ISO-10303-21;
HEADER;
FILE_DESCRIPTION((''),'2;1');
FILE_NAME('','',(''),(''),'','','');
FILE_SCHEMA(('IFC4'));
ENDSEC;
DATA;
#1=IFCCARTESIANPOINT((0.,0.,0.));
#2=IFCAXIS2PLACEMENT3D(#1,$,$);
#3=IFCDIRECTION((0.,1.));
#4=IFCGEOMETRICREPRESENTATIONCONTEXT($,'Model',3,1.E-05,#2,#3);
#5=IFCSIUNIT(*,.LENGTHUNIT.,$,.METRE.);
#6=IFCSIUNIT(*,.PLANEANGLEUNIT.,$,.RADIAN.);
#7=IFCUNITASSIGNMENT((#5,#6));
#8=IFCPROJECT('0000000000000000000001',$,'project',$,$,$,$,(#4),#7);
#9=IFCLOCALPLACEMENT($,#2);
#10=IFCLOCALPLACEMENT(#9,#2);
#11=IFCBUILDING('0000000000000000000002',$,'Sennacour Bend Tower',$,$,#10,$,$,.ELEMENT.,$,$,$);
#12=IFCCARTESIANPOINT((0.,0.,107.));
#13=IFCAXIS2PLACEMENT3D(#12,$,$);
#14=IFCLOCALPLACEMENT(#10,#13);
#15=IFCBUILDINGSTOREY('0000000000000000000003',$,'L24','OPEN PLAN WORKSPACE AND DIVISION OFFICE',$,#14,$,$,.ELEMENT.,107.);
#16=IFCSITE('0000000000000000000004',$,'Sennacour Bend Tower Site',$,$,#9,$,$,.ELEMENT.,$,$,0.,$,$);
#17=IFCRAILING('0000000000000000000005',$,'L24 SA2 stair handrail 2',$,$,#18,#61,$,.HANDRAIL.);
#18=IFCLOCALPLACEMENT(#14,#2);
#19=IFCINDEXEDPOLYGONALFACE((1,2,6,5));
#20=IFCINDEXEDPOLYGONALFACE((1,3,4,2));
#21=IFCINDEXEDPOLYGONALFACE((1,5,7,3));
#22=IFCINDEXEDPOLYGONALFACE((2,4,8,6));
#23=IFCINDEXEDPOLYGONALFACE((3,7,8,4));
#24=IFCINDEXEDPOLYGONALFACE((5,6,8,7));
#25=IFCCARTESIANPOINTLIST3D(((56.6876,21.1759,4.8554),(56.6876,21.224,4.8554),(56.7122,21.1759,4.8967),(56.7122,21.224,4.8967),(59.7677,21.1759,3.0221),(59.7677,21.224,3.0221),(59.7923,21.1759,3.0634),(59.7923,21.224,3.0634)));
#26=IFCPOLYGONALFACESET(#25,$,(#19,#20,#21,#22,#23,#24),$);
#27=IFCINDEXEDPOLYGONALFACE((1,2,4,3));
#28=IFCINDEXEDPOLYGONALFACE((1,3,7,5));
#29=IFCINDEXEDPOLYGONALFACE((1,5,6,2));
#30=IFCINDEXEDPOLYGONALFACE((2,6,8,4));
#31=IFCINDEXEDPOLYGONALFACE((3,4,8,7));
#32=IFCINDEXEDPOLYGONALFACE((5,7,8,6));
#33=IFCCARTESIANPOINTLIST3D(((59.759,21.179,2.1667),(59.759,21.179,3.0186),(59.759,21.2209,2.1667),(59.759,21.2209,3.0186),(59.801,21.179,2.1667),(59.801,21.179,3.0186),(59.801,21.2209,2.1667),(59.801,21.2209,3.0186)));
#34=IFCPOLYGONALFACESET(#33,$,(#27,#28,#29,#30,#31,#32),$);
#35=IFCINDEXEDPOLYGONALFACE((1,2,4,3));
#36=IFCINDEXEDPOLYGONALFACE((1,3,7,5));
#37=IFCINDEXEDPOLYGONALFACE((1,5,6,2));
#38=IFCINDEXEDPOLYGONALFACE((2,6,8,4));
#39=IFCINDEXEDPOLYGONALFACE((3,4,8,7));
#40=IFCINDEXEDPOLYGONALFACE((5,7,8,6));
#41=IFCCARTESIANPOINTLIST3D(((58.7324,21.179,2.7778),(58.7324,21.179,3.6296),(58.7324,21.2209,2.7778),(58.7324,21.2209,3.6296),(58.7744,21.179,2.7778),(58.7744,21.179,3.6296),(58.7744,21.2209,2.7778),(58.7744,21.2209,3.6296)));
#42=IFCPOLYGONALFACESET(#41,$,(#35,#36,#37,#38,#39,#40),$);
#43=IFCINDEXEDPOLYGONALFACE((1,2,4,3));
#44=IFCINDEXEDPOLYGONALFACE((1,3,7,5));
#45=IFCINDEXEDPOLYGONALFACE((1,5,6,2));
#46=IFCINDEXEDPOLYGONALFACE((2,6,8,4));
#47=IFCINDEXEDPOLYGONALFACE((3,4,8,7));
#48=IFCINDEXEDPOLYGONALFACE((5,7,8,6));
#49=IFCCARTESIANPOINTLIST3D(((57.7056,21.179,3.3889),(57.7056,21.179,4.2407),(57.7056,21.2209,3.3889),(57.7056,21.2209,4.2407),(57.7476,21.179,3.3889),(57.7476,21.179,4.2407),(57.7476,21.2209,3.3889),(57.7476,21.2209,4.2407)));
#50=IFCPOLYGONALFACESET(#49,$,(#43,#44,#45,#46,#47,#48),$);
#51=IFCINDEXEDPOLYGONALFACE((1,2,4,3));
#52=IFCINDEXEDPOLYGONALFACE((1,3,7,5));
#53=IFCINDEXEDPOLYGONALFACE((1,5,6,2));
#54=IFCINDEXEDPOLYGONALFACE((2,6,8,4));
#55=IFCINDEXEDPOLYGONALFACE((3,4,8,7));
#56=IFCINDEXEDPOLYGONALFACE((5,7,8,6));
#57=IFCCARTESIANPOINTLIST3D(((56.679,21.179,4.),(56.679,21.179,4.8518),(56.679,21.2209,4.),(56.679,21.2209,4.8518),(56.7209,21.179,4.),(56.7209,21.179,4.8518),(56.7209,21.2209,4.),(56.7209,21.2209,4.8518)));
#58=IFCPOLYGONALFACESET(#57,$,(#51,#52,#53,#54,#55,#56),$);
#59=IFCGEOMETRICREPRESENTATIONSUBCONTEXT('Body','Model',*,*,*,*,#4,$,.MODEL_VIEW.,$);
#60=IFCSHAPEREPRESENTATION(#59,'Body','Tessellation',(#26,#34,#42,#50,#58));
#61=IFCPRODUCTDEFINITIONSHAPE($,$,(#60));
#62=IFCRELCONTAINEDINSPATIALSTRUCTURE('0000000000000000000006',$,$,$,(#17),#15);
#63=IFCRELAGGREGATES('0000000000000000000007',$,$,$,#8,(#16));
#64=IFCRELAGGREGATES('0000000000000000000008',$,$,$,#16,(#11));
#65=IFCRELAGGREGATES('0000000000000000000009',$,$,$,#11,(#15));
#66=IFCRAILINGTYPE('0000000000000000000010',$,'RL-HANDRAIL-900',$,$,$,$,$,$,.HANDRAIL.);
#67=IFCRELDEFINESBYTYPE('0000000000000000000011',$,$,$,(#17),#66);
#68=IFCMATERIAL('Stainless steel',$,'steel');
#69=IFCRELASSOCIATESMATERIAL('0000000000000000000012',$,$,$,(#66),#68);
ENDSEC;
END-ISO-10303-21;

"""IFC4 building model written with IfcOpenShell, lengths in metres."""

from ifc_helpers import new_model, si_unit, direction, frame, origin, origin_2d, place, context, subcontext, project, spatial, rectangle, extrude, material, type_object, element, save


model = new_model("IFC4")

# Units and contexts
model_context = context("Model", 3, precision=1e-05, world=origin(), true_north=direction((0.0, 1.0)))
body_context = subcontext(model_context, "Body", "Model", "MODEL_VIEW")
ifc_project = project(units=[si_unit("LENGTHUNIT", "METRE"), si_unit("PLANEANGLEUNIT", "RADIAN")], contexts=[model_context])

# Site, building, storey
site_placement = place(None, origin())
site = spatial("IfcSite", under=ifc_project, at=site_placement, Name="Sennacour Bend Tower Site", CompositionType="ELEMENT", RefElevation=0.0)
building_placement = place(site_placement, origin())
building = spatial("IfcBuilding", under=site, at=building_placement, Name="Sennacour Bend Tower", CompositionType="ELEMENT")
storey_placement = place(building_placement, frame((0.0, 0.0, 107.0)))
storey = spatial("IfcBuildingStorey", under=building, at=storey_placement, Name="L24", Description="OPEN PLAN WORKSPACE AND DIVISION OFFICE", CompositionType="ELEMENT", Elevation=107.0)

# Shared definitions
ifc_material_1 = material(Name="Stainless steel", Category="steel")

# Railing
railing_type_1 = type_object("IfcRailingType", Name="RL-HANDRAIL-900", PredefinedType="HANDRAIL", material=ifc_material_1)
railing_1_placement = place(storey_placement, frame((59.78, 21.2, 2.1667)))
element("IfcRailing", 1, at=railing_1_placement, inside=storey, type_object=railing_type_1, Name="L24 SA2 stair handrail 2", PredefinedType="HANDRAIL", context=body_context, shape_type="SweptSolid", body=[
    extrude(rectangle(XDim=0.0481, YDim=0.0481, at=origin_2d()), frame((0.0, 0.0, 0.876), z_axis=(-0.859309, 0.0, 0.511458), x_axis=(0.0, -1.0, 0.0)), (0.0, 0.0, 1.0), 3.5845),
    extrude(rectangle(XDim=0.042, YDim=0.042, at=origin_2d()), origin(), (0.0, 0.0, 1.0), 0.8518),
    extrude(rectangle(XDim=0.042, YDim=0.042, at=origin_2d()), frame((-1.0266, 0.0, 0.6111)), (0.0, 0.0, 1.0), 0.8518),
    extrude(rectangle(XDim=0.042, YDim=0.042, at=origin_2d()), frame((-2.0535, 0.0, 1.2222)), (0.0, 0.0, 1.0), 0.8518),
    extrude(rectangle(XDim=0.042, YDim=0.042, at=origin_2d()), frame((-3.0801, 0.0, 1.8333)), (0.0, 0.0, 1.0), 0.8518),
])

save(model, "model.ifc")
